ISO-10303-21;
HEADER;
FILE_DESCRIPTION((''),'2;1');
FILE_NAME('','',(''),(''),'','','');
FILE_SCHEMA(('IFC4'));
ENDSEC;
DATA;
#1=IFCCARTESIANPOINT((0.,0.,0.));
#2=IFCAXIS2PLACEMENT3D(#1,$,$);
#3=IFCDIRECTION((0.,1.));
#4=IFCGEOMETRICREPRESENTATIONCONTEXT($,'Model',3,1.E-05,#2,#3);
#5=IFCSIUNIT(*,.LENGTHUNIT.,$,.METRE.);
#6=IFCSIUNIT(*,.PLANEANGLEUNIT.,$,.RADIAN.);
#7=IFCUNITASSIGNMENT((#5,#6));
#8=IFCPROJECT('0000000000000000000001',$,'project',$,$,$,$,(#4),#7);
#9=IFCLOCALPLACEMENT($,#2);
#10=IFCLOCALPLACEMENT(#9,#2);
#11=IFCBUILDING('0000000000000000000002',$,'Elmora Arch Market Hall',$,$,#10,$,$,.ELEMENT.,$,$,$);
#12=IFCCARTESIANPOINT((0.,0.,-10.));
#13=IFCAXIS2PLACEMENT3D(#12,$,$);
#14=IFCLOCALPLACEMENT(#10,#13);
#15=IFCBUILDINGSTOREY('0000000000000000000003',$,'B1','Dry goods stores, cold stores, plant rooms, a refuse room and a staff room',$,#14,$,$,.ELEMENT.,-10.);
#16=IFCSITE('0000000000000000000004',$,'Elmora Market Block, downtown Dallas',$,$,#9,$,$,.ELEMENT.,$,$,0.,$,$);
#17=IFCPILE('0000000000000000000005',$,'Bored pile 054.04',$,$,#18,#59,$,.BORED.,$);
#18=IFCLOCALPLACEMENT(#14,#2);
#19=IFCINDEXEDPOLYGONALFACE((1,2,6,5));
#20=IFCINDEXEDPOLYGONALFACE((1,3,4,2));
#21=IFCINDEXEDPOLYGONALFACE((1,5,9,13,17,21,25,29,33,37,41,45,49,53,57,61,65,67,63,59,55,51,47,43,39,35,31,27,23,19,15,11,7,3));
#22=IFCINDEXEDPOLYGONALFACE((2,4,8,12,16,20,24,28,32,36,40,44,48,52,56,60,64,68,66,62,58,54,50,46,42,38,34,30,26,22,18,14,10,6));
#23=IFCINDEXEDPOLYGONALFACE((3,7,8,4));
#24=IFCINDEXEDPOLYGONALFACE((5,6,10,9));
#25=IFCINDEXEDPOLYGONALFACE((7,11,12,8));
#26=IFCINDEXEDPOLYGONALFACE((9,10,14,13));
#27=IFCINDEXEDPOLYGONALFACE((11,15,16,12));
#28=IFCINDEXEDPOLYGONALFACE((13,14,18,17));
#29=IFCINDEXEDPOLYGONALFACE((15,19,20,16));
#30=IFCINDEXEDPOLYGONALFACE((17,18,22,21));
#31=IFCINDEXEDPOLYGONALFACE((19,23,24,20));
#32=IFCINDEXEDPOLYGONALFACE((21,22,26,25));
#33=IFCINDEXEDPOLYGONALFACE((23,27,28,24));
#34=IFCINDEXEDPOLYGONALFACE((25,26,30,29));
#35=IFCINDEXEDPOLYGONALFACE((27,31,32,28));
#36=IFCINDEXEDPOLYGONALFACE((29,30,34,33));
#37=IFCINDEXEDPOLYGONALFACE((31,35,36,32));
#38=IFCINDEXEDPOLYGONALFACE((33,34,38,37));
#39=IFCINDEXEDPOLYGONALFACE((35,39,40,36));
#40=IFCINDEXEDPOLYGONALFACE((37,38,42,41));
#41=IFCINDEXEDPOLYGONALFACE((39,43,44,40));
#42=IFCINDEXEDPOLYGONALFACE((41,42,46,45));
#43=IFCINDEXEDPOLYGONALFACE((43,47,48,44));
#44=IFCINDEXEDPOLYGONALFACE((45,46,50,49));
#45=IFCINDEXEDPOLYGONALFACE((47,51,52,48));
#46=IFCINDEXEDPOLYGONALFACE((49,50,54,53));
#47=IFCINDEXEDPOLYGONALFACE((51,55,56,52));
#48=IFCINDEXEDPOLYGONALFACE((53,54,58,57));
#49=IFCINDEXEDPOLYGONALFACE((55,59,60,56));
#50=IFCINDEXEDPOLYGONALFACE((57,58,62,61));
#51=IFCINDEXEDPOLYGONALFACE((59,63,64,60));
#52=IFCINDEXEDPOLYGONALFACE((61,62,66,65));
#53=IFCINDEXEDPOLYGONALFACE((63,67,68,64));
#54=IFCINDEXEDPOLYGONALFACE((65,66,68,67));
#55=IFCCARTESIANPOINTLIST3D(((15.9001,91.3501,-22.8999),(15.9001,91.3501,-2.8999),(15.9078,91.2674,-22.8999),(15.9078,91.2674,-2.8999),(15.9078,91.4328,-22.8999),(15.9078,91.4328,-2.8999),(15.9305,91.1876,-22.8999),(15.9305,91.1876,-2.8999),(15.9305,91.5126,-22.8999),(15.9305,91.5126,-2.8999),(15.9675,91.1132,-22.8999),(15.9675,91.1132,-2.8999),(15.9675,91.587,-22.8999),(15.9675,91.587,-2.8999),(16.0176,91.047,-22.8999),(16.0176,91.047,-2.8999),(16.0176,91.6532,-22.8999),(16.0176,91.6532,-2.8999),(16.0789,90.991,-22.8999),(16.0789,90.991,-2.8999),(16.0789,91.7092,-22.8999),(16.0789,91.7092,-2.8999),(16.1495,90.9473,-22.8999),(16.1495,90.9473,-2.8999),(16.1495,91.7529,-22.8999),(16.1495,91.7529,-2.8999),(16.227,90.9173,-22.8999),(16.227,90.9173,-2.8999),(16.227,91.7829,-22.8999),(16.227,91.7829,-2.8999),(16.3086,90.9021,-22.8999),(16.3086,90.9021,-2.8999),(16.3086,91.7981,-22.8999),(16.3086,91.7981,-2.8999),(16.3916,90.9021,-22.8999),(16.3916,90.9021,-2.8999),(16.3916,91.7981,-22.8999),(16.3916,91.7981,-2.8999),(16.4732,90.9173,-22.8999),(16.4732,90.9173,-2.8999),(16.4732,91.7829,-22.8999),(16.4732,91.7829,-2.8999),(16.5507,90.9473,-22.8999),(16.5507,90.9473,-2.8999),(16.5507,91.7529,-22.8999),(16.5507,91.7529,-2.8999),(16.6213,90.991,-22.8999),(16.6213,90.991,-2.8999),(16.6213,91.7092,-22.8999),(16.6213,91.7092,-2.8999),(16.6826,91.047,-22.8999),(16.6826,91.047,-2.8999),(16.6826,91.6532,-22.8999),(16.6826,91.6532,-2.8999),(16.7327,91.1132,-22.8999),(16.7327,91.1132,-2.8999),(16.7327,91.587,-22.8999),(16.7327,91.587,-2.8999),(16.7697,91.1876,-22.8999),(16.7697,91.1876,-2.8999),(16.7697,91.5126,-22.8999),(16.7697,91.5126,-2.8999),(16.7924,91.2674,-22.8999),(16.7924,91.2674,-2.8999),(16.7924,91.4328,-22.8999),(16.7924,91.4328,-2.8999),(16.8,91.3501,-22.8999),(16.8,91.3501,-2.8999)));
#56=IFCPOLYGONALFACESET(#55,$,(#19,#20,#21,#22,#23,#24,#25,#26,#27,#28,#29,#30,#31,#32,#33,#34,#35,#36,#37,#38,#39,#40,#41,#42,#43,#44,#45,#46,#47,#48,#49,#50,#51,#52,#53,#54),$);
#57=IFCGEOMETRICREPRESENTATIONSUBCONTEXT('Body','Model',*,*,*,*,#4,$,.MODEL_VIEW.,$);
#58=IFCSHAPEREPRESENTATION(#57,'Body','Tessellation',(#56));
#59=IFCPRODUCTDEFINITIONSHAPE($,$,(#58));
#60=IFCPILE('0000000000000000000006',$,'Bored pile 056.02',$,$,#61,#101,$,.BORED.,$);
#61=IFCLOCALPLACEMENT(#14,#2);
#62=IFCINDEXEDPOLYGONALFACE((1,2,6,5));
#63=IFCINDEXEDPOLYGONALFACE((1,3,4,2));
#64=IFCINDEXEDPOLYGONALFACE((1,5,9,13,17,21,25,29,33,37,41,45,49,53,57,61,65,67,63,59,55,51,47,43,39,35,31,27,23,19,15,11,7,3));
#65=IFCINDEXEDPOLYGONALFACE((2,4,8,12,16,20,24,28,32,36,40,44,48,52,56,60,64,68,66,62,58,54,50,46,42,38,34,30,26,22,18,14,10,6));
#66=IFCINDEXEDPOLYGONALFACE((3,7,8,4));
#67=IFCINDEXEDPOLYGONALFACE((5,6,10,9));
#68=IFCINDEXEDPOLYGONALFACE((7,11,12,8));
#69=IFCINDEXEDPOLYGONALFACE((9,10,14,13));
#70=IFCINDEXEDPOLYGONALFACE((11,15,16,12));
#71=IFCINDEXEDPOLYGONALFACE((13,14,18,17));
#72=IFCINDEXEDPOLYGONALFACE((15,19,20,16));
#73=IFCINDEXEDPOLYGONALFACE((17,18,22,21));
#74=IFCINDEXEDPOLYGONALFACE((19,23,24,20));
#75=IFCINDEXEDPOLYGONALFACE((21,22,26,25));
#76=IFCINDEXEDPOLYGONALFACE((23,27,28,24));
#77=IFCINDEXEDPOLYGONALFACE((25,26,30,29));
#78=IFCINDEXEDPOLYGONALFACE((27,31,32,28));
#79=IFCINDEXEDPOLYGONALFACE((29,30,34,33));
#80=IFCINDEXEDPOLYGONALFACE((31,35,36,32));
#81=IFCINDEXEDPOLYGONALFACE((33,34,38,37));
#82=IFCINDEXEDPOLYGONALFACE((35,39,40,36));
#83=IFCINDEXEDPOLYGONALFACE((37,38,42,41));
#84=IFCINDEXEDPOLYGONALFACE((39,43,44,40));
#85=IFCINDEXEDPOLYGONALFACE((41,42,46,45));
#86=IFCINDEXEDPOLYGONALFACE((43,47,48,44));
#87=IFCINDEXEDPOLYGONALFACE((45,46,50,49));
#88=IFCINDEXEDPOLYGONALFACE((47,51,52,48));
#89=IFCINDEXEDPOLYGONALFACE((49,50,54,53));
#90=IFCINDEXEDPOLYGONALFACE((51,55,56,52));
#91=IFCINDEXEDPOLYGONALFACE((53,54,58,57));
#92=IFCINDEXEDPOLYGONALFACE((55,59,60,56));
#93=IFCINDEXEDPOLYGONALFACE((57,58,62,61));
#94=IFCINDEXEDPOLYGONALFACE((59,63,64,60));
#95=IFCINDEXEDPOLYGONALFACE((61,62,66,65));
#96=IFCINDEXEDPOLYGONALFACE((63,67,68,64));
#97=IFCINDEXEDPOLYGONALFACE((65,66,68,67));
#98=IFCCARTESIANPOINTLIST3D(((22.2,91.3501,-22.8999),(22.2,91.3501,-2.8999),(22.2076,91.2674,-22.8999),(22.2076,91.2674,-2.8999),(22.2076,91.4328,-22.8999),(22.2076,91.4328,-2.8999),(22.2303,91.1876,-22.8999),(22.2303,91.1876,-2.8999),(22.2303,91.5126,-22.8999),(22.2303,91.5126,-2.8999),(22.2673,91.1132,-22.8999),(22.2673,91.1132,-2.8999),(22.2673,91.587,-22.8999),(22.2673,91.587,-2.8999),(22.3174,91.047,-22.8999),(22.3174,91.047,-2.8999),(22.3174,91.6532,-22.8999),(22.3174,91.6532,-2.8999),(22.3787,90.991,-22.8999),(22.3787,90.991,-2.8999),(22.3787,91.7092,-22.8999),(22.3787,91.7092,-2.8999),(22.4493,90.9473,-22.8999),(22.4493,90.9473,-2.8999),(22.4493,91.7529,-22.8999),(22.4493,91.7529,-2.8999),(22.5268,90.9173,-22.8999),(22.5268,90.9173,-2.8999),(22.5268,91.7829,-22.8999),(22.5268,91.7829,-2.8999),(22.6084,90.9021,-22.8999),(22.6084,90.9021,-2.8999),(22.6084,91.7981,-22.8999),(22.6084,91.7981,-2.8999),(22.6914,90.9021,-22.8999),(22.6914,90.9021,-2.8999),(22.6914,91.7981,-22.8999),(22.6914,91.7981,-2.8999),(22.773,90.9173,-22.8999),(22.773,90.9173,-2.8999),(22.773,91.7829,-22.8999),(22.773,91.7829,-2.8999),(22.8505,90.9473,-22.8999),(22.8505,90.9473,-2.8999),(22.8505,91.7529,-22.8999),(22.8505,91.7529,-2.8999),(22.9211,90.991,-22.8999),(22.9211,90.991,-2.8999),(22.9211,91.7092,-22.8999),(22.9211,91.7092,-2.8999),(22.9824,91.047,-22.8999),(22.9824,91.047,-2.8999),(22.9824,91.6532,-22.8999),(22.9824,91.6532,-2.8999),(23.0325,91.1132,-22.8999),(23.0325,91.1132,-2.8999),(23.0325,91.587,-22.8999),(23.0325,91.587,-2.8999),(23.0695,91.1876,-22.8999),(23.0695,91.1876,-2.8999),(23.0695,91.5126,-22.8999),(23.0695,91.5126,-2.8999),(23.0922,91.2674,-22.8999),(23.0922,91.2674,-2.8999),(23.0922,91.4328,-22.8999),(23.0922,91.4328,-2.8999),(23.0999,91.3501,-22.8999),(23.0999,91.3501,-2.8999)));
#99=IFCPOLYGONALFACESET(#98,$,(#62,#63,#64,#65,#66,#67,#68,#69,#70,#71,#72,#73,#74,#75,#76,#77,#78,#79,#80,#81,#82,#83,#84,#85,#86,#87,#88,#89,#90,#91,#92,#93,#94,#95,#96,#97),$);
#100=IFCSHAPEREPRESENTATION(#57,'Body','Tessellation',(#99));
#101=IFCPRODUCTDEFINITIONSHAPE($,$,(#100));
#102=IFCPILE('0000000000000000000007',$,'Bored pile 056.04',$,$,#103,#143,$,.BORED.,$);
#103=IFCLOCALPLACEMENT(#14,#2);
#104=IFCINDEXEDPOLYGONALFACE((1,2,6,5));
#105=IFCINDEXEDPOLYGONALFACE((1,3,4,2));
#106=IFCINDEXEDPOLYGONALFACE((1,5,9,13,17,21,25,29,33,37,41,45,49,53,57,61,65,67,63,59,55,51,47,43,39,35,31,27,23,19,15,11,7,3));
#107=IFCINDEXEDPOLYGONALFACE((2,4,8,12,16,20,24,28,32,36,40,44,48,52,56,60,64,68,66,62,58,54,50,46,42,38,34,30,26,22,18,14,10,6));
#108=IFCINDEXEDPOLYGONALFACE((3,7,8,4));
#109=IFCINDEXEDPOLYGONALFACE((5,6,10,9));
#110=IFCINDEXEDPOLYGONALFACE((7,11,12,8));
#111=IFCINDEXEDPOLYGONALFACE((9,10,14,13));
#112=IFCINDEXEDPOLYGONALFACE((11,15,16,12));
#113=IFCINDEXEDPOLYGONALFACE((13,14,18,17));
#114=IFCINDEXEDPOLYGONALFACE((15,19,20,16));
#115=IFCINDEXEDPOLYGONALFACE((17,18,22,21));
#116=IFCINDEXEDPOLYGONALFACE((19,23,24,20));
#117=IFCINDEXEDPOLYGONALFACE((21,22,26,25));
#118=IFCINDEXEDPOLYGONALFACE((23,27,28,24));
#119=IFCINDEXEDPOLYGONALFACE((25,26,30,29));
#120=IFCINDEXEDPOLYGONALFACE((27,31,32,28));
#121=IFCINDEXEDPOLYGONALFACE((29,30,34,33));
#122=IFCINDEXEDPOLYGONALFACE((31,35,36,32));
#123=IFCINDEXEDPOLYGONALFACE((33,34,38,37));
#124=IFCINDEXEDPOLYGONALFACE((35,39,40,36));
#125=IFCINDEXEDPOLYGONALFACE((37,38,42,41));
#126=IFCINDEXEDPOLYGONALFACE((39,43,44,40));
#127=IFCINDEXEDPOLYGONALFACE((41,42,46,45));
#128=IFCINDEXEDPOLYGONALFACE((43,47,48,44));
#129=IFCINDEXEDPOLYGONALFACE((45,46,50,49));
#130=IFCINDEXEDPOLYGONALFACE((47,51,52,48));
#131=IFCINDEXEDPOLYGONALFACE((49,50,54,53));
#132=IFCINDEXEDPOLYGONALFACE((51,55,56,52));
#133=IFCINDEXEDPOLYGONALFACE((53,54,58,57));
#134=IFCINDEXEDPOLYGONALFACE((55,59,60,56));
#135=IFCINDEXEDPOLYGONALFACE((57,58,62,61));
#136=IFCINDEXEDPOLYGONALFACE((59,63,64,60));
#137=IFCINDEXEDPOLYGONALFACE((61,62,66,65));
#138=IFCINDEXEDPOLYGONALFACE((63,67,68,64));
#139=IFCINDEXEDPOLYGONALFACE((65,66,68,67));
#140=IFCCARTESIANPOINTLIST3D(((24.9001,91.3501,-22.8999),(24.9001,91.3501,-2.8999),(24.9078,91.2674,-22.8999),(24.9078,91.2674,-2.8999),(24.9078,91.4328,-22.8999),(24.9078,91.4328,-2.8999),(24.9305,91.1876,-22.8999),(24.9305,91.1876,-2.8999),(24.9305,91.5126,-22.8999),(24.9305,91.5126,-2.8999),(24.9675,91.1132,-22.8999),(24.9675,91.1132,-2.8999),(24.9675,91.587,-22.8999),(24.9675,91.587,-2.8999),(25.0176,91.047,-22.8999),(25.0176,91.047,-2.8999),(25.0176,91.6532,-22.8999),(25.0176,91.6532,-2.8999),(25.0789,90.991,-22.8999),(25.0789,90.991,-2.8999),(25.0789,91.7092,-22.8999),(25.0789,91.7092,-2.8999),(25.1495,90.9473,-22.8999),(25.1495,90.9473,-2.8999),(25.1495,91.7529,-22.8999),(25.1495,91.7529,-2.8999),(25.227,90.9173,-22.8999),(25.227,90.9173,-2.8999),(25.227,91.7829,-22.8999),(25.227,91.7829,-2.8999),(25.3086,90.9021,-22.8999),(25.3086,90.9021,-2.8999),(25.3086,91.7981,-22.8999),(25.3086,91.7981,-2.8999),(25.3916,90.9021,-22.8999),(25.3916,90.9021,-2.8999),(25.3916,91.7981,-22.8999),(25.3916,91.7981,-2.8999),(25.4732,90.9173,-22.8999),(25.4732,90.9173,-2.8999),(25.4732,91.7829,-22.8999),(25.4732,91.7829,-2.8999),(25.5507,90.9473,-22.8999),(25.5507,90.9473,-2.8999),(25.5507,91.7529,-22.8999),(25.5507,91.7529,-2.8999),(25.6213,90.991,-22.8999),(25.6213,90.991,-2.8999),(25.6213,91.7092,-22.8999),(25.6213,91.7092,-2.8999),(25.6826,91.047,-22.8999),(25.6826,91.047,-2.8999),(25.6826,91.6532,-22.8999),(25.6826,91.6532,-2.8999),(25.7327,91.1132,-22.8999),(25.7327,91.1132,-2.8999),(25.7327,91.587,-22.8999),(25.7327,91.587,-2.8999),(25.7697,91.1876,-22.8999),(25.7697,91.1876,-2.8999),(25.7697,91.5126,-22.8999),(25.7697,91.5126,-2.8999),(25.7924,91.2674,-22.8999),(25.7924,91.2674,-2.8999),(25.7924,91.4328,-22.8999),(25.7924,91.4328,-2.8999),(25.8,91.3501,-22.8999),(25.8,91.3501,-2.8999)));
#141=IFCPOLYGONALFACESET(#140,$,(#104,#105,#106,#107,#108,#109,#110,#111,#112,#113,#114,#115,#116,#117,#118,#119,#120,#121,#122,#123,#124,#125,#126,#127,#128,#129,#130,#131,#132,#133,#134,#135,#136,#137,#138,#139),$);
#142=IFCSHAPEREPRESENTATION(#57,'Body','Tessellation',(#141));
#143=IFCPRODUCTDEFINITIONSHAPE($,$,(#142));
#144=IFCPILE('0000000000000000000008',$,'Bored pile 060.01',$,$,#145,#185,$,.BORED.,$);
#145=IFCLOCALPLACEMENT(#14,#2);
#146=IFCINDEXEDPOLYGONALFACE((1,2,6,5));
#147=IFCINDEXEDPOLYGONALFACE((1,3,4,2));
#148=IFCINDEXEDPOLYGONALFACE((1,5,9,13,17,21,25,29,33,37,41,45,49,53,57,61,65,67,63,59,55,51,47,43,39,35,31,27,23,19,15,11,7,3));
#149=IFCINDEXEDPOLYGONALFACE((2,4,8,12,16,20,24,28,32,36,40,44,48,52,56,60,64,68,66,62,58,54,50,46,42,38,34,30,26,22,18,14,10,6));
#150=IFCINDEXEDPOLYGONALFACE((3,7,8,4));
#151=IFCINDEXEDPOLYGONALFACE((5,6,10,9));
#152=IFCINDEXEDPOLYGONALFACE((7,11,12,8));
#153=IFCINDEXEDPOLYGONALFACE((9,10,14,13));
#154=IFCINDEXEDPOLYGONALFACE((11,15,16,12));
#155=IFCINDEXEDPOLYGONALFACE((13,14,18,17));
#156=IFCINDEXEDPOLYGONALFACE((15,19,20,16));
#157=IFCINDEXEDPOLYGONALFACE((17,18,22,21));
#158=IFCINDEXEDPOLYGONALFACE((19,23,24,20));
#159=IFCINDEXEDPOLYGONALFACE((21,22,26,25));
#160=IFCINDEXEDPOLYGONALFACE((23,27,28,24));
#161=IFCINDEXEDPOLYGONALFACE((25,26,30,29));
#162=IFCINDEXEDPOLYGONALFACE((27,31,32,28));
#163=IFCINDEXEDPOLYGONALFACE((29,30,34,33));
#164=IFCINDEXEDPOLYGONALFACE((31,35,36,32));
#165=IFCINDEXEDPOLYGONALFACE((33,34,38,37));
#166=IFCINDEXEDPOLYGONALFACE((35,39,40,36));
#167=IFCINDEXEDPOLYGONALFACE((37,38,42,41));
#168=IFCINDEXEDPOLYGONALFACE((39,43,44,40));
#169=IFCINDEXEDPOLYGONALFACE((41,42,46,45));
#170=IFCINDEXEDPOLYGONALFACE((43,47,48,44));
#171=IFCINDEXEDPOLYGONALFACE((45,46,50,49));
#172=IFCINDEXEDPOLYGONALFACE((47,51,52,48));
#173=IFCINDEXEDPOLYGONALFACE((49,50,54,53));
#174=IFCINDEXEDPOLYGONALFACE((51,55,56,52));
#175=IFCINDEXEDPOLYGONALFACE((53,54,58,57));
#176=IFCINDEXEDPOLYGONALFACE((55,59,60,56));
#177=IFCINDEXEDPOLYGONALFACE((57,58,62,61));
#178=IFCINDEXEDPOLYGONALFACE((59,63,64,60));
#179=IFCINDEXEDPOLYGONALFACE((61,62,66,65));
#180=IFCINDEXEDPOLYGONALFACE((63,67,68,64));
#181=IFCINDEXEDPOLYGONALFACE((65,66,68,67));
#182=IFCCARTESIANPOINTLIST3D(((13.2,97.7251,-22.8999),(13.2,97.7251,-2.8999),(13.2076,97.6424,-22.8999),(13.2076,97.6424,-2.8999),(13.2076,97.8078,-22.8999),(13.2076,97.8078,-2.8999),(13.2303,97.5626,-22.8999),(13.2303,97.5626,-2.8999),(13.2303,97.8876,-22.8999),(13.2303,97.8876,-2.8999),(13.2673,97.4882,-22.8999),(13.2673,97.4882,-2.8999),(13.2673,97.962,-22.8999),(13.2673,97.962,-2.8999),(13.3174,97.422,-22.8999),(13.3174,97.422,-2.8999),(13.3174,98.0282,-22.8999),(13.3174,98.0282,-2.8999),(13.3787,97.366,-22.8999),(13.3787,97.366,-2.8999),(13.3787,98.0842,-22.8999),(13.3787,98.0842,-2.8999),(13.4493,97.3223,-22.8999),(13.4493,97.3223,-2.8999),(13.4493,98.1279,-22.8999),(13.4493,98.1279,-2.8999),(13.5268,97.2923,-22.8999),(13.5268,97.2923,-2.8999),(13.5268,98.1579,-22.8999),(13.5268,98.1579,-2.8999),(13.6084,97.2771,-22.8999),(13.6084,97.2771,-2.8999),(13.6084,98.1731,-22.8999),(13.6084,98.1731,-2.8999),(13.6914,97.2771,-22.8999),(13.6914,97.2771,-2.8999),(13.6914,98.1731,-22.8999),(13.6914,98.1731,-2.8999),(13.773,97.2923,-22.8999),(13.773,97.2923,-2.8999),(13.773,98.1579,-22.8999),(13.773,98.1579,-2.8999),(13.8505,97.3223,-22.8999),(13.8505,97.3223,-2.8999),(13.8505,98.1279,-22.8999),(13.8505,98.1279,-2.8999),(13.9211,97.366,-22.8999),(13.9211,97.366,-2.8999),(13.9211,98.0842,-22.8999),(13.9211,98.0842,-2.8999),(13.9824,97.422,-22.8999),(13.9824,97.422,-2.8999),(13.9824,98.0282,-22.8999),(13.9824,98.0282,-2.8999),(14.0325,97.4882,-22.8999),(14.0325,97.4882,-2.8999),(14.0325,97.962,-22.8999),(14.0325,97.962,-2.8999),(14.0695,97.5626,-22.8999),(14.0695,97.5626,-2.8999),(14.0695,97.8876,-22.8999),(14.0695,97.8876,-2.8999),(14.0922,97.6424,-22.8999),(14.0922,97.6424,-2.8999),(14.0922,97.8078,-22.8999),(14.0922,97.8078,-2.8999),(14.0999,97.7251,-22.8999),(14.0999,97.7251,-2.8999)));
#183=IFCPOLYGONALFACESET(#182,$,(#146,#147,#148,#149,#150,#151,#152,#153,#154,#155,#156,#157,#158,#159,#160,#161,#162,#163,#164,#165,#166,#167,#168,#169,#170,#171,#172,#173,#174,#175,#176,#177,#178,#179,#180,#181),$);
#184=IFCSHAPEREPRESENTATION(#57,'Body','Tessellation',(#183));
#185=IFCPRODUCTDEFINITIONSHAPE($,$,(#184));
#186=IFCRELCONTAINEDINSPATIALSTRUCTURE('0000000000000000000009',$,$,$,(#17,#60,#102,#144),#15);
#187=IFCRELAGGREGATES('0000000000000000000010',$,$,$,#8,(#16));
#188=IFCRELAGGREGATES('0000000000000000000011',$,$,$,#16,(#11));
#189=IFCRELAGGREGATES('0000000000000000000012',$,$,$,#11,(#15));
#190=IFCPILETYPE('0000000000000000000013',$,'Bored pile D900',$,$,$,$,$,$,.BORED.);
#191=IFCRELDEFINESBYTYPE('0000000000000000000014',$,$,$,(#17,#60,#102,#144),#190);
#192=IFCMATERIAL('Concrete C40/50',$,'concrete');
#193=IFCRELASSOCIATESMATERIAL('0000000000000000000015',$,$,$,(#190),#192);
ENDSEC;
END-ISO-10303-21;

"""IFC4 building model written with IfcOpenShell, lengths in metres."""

from ifc_helpers import new_model, si_unit, direction, frame, origin, origin_2d, place, context, subcontext, project, spatial, circle, extrude, material, material_profile, profile_set, type_object, element, save


model = new_model("IFC4")

# Units and contexts
model_context = context("Model", 3, precision=1e-05, world=origin(), true_north=direction((0.0, 1.0)))
body_context = subcontext(model_context, "Body", "Model", "MODEL_VIEW")
ifc_project = project(units=[si_unit("LENGTHUNIT", "METRE"), si_unit("PLANEANGLEUNIT", "RADIAN")], contexts=[model_context])

# Site, building, storey
site_placement = place(None, origin())
site = spatial("IfcSite", under=ifc_project, at=site_placement, Name="Elmora Market Block, downtown Dallas", CompositionType="ELEMENT", RefElevation=0.0)
building_placement = place(site_placement, origin())
building = spatial("IfcBuilding", under=site, at=building_placement, Name="Elmora Arch Market Hall", CompositionType="ELEMENT")
storey_placement = place(building_placement, frame((0.0, 0.0, -10.0)))
storey = spatial("IfcBuildingStorey", under=building, at=storey_placement, Name="B1", Description="Dry goods stores, cold stores, plant rooms, a refuse room and a staff room", CompositionType="ELEMENT", Elevation=-10.0)

# Piles
ifc_material_1 = material(Name="Concrete C40/50", Category="concrete")
ifc_material_profile_1 = material_profile(ifc_material_1, circle(Radius=0.45, at=origin_2d()), Name="Bored pile D900")
ifc_profile_set_1 = profile_set([ifc_material_profile_1], Name="Concrete C40/50")
pile_type = type_object("IfcPileType", Name="Bored pile D900", PredefinedType="BORED", material=ifc_profile_set_1)
for number, where, z_axis, x_axis, name in (
    (1, (16.3501, 91.3501, -2.8999), (0.0, 0.0, -1.0), (1.0, 0.0, 0.0), "Bored pile 054.04"),
    (2, (22.6499, 91.3501, -2.8999), (0.0, 0.0, -1.0), (1.0, 0.0, 0.0), "Bored pile 056.02"),
    (3, (25.3501, 91.3501, -2.8999), (0.0, 0.0, -1.0), (1.0, 0.0, 0.0), "Bored pile 056.04"),
    (4, (13.6499, 97.7251, -2.8999), (0.0, 0.0, -1.0), (1.0, 0.0, 0.0), "Bored pile 060.01"),
):
    element("IfcPile", number, at=place(storey_placement, frame(where, z_axis=z_axis, x_axis=x_axis)), inside=storey, type_object=pile_type, Name=name, PredefinedType="BORED", context=body_context, shape_type="SweptSolid", body=[
        extrude(circle(Radius=0.45, at=origin_2d()), origin(), (0.0, 0.0, 1.0), 20.0),
    ])

save(model, "model.ifc")
